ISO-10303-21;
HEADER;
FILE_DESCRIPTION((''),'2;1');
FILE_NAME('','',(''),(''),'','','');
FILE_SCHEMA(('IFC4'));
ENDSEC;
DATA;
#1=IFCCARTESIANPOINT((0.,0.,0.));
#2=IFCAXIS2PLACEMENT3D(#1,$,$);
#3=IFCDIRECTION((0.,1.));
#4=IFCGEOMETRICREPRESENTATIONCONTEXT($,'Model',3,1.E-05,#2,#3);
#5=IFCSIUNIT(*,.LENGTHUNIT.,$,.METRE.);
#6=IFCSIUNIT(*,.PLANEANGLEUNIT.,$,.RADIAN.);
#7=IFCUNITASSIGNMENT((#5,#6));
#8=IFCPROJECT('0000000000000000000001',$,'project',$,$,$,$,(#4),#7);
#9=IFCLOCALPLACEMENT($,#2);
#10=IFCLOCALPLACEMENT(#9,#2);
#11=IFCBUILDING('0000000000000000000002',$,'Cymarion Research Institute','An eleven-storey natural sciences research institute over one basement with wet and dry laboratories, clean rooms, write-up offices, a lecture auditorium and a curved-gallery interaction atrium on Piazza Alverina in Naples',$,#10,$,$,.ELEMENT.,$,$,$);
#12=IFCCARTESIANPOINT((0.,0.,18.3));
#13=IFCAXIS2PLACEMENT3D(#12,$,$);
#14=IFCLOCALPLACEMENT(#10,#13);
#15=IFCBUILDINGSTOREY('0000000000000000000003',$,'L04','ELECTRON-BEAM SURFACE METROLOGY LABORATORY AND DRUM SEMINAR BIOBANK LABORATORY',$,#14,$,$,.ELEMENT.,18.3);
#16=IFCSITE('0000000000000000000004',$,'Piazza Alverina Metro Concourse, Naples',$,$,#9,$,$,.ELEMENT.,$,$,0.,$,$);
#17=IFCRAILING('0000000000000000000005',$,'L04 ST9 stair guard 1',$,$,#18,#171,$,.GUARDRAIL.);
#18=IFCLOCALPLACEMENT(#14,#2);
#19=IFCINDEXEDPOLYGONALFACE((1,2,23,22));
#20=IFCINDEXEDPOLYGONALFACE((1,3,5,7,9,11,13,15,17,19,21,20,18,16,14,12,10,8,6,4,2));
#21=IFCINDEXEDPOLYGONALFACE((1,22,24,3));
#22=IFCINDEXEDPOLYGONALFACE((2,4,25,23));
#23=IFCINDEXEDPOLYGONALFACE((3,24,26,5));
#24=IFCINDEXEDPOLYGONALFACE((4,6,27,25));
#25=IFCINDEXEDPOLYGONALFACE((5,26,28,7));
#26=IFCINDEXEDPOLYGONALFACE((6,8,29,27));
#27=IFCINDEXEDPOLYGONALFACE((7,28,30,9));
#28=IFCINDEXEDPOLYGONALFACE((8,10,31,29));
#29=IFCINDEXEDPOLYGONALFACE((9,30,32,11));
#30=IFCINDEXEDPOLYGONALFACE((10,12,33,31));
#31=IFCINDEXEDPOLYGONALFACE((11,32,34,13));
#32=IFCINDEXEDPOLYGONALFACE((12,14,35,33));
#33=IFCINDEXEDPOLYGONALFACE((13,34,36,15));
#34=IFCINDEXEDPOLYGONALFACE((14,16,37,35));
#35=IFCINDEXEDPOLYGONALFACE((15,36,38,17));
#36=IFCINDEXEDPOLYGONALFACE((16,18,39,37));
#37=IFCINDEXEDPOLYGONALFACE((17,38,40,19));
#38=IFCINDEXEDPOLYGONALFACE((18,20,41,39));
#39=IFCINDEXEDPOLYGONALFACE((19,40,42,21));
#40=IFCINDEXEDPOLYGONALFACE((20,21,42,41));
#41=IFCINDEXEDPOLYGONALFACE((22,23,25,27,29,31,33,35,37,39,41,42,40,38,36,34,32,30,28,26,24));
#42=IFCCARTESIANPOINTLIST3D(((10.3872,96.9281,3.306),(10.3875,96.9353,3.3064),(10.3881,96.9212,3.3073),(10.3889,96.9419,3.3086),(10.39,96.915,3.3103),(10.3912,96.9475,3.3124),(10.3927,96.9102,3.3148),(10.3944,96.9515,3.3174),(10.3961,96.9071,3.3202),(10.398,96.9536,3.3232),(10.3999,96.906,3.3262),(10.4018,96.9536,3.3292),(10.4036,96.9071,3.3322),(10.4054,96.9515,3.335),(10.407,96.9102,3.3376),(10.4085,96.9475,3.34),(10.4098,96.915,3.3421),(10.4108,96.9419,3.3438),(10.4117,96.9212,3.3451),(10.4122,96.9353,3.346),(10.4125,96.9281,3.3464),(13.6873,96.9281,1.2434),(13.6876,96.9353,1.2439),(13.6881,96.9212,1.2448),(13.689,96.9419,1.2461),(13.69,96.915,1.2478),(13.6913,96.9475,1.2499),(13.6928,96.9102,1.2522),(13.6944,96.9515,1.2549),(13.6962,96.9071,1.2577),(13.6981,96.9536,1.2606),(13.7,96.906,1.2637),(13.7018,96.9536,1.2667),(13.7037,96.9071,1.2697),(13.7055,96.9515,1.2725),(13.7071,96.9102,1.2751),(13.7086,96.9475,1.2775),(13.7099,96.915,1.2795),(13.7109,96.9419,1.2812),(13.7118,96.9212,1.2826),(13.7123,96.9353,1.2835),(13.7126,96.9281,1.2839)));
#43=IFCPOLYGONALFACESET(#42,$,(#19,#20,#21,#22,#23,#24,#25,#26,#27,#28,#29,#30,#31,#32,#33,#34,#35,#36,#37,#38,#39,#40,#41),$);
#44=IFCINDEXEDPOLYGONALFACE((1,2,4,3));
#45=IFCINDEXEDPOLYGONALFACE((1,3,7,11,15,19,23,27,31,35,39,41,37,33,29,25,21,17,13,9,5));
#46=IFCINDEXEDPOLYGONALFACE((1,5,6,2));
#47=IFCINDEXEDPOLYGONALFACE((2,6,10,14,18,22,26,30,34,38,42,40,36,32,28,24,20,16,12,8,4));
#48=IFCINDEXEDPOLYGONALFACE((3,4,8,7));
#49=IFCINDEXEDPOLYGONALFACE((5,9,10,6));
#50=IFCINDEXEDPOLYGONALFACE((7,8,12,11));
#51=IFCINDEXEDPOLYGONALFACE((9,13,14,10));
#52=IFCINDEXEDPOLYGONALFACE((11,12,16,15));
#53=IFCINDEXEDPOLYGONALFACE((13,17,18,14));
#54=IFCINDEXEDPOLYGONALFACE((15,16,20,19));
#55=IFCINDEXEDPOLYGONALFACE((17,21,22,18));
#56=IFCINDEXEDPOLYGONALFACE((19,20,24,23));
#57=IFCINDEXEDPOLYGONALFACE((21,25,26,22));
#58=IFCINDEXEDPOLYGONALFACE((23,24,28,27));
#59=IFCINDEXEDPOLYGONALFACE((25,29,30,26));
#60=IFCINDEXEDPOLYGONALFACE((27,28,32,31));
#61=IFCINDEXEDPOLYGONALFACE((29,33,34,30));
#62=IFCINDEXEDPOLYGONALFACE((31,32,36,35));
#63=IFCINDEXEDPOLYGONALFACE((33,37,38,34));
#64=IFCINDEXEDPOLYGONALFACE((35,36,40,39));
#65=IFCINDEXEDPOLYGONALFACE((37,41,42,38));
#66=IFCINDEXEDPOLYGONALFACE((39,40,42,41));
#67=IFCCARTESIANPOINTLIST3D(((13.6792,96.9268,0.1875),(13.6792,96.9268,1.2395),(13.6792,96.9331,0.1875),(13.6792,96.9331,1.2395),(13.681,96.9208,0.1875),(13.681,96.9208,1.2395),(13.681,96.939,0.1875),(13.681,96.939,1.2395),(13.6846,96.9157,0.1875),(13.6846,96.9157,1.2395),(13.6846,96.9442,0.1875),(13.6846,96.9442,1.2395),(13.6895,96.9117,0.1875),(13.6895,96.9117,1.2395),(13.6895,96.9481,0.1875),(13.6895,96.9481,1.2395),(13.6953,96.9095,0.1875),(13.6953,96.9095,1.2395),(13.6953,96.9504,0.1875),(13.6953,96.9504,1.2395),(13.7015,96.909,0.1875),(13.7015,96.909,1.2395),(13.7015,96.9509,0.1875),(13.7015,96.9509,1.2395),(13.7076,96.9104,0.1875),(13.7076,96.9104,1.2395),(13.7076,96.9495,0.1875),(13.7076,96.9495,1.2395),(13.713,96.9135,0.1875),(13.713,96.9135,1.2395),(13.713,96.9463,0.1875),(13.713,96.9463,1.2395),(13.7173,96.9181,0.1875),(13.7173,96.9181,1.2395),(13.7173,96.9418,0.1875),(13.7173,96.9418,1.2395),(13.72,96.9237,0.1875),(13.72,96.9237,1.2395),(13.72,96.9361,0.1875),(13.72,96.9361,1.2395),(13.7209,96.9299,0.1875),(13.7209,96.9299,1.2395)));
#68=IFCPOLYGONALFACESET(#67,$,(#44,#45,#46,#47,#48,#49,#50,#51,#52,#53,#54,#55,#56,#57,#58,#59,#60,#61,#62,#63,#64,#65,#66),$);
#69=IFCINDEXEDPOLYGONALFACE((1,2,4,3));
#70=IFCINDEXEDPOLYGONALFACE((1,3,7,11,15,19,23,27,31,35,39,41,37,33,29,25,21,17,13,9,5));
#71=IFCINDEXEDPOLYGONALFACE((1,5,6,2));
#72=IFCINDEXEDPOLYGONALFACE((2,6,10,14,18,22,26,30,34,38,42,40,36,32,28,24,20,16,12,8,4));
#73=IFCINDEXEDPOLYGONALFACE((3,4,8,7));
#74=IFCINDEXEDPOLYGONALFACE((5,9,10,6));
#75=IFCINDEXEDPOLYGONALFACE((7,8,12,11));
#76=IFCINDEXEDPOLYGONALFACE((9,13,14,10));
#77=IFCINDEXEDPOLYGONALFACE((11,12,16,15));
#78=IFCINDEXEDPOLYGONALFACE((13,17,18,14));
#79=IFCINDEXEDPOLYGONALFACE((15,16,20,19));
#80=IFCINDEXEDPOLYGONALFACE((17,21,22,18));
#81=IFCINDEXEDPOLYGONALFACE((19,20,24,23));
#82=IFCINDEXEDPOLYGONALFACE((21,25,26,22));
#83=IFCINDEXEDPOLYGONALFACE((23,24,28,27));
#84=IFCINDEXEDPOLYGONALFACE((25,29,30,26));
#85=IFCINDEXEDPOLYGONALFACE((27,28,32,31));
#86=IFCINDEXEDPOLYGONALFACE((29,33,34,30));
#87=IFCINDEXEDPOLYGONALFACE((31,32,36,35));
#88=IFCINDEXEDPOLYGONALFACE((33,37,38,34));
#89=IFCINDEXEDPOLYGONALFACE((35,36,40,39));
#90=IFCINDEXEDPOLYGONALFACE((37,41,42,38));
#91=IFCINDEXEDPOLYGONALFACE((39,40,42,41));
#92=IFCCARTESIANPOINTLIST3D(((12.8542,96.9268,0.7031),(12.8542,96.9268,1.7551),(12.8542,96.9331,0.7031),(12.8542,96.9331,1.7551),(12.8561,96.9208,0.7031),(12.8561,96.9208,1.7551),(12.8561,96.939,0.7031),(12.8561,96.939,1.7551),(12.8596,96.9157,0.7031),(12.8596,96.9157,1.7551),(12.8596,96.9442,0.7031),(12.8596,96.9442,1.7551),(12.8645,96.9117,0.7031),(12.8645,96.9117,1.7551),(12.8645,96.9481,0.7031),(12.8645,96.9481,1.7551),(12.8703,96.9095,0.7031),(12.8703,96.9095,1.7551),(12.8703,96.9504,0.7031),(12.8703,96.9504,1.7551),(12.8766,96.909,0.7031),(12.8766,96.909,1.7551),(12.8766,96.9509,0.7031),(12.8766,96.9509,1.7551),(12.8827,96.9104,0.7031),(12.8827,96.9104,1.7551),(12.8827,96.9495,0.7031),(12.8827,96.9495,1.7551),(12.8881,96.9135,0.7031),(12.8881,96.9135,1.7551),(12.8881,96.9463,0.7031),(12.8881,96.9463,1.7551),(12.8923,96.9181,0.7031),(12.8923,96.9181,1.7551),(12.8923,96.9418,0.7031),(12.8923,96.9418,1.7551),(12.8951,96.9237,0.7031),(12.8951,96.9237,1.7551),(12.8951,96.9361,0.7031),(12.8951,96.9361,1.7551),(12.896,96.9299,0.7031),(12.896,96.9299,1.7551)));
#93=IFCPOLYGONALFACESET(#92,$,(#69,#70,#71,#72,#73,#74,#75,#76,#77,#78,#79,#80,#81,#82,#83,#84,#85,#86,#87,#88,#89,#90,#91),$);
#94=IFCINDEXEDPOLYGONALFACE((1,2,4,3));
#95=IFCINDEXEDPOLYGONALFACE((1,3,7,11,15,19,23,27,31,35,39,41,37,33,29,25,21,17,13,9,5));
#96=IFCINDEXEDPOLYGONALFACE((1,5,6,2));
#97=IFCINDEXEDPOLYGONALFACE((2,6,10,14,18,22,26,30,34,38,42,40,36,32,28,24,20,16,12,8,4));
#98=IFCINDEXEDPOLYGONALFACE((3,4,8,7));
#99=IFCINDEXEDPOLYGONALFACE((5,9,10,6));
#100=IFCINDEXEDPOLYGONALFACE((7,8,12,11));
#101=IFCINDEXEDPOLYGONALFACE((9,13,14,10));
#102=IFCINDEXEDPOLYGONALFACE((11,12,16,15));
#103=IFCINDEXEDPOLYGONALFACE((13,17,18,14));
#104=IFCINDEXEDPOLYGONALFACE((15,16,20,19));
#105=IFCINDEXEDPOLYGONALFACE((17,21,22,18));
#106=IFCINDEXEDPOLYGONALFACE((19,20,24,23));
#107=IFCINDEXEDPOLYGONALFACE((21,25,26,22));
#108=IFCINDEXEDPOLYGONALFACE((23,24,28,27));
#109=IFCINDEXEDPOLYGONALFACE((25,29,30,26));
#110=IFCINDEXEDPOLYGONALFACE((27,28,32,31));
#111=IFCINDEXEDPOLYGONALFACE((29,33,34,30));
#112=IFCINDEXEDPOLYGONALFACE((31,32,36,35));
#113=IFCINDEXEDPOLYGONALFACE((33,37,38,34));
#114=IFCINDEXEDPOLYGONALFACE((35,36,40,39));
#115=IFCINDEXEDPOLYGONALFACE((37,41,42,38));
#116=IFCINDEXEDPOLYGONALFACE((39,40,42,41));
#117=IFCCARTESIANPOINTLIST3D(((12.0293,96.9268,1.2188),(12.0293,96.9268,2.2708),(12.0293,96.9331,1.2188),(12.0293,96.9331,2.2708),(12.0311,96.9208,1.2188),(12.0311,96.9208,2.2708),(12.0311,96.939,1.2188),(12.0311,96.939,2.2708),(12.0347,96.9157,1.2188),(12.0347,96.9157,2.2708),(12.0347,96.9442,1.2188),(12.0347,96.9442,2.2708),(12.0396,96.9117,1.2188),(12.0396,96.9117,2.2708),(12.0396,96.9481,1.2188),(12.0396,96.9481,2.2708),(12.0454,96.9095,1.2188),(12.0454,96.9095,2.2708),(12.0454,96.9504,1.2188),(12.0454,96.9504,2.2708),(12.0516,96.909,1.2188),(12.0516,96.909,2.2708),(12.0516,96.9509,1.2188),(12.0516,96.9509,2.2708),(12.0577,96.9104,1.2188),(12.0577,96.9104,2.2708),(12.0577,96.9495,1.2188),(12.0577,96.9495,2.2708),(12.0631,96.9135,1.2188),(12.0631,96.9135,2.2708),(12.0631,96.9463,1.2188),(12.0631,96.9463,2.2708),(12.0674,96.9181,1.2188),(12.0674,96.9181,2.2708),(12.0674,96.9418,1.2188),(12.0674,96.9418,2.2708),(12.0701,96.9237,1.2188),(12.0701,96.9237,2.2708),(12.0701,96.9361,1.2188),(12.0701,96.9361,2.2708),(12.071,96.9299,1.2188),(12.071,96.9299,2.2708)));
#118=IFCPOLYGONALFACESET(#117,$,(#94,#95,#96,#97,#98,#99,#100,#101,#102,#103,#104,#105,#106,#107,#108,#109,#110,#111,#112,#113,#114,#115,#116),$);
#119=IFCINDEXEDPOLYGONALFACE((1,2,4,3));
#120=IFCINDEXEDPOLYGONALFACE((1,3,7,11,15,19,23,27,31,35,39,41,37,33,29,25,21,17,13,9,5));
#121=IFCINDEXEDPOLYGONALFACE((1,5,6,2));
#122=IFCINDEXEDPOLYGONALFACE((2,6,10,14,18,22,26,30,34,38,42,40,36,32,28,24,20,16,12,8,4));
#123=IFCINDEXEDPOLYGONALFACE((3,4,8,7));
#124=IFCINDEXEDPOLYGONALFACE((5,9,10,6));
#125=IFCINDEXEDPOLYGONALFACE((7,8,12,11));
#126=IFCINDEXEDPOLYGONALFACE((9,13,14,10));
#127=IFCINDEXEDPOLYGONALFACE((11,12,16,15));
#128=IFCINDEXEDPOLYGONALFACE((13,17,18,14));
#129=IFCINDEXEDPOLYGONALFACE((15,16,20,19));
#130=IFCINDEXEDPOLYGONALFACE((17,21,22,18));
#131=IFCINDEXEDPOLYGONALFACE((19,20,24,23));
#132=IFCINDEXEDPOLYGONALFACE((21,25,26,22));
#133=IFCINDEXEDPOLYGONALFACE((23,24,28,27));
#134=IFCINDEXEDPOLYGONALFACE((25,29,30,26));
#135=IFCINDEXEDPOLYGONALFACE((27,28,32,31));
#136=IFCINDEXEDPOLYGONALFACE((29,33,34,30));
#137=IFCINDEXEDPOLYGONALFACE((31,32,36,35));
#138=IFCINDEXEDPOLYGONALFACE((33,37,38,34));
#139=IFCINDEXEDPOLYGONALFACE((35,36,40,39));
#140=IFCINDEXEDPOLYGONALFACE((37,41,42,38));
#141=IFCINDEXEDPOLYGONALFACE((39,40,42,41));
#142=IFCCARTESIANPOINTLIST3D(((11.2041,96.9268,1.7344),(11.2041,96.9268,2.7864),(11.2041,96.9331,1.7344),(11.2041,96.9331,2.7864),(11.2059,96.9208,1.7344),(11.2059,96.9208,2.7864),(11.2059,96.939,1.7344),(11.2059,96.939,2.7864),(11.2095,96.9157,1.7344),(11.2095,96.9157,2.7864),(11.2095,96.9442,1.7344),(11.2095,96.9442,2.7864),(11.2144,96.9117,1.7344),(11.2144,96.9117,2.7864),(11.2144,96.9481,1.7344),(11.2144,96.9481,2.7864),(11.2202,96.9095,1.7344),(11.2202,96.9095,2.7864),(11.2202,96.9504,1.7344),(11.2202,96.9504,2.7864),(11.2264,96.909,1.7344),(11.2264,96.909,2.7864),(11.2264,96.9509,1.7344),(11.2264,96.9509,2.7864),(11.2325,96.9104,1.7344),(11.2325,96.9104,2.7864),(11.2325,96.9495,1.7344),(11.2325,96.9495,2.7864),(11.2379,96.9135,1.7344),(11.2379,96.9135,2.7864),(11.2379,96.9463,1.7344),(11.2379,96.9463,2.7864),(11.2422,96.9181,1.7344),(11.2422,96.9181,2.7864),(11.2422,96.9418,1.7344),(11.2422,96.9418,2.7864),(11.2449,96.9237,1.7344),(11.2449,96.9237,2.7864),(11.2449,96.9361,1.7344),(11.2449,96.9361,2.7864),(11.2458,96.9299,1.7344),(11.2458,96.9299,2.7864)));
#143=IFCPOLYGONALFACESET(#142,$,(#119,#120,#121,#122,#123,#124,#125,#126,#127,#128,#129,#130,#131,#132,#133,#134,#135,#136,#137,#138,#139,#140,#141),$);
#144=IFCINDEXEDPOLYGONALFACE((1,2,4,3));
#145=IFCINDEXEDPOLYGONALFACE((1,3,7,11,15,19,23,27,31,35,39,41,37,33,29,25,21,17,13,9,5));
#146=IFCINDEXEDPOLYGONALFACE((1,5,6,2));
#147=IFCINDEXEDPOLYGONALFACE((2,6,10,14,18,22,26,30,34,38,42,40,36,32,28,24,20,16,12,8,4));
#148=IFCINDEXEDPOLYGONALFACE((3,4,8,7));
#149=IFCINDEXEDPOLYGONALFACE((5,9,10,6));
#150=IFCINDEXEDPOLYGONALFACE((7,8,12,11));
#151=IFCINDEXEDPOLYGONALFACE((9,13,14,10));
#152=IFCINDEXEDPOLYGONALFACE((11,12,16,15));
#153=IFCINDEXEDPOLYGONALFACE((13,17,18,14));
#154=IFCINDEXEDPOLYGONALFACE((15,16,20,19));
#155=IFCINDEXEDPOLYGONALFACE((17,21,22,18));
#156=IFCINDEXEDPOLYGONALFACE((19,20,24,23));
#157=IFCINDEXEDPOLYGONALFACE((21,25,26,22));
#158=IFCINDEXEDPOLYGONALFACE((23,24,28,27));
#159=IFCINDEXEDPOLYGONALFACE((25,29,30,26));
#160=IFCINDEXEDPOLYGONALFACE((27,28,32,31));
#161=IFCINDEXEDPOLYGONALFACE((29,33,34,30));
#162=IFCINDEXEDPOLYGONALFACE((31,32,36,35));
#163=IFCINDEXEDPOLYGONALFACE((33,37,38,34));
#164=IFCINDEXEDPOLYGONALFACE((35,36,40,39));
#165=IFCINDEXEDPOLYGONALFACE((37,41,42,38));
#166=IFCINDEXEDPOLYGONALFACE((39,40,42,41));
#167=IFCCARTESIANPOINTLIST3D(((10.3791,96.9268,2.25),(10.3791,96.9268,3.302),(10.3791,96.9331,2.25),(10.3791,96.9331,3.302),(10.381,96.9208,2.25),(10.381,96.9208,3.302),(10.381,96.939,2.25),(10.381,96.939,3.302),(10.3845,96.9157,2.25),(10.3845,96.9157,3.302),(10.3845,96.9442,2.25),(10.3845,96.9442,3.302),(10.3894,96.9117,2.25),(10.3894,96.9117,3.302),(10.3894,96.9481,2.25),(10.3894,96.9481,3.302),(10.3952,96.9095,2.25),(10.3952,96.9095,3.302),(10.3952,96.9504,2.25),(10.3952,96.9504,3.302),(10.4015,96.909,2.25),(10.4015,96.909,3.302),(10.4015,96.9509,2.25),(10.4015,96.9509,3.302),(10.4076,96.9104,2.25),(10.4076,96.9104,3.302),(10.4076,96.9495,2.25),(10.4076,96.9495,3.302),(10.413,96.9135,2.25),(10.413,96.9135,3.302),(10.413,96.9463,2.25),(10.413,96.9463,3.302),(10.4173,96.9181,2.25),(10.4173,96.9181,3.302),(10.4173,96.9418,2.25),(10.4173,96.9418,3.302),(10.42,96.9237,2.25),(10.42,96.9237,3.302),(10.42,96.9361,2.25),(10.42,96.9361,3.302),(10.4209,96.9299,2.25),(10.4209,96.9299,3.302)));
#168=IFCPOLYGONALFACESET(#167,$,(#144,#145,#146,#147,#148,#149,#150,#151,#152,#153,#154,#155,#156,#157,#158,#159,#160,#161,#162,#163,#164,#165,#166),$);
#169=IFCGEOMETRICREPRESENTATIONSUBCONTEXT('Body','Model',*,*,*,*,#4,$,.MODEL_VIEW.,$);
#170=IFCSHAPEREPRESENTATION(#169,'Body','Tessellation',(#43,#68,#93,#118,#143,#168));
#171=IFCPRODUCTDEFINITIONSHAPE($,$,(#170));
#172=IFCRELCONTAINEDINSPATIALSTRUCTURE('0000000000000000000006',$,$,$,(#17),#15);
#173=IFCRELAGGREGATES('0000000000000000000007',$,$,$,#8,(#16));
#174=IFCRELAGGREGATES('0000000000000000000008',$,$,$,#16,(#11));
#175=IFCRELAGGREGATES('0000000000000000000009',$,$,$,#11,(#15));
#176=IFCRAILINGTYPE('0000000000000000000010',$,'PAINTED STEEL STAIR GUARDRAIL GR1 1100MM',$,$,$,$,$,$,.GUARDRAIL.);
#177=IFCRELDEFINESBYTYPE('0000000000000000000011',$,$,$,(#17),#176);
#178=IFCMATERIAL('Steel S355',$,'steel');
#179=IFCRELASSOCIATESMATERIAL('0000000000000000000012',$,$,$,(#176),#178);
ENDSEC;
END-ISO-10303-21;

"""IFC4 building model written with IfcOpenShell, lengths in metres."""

from ifc_helpers import new_model, si_unit, direction, frame, origin, origin_2d, place, context, subcontext, project, spatial, circle, extrude, material, type_object, element, save


model = new_model("IFC4")

# Units and contexts
model_context = context("Model", 3, precision=1e-05, world=origin(), true_north=direction((0.0, 1.0)))
body_context = subcontext(model_context, "Body", "Model", "MODEL_VIEW")
ifc_project = project(units=[si_unit("LENGTHUNIT", "METRE"), si_unit("PLANEANGLEUNIT", "RADIAN")], contexts=[model_context])

# Site, building, storey
site_placement = place(None, origin())
site = spatial("IfcSite", under=ifc_project, at=site_placement, Name="Piazza Alverina Metro Concourse, Naples", CompositionType="ELEMENT", RefElevation=0.0)
building_placement = place(site_placement, origin())
building = spatial("IfcBuilding", under=site, at=building_placement, Name="Cymarion Research Institute", Description="An eleven-storey natural sciences research institute over one basement with wet and dry laboratories, clean rooms, write-up offices, a lecture auditorium and a curved-gallery interaction atrium on Piazza Alverina in Naples", CompositionType="ELEMENT")
storey_placement = place(building_placement, frame((0.0, 0.0, 18.3)))
storey = spatial("IfcBuildingStorey", under=building, at=storey_placement, Name="L04", Description="ELECTRON-BEAM SURFACE METROLOGY LABORATORY AND DRUM SEMINAR BIOBANK LABORATORY", CompositionType="ELEMENT", Elevation=18.3)

# Railing
ifc_material_1 = material(Name="Steel S355", Category="steel")
railing_type_1 = type_object("IfcRailingType", Name="PAINTED STEEL STAIR GUARDRAIL GR1 1100MM", PredefinedType="GUARDRAIL", material=ifc_material_1)
railing_1_placement = place(storey_placement, frame((13.7, 96.9299, 0.1875)))
element("IfcRailing", 1, at=railing_1_placement, inside=storey, type_object=railing_type_1, Name="L04 ST9 stair guard 1", PredefinedType="GUARDRAIL", context=body_context, shape_type="SweptSolid", body=[
    extrude(circle(Radius=0.0239, at=origin_2d()), frame((0.0, 0.0, 1.0762), z_axis=(-0.848002, 0.0, 0.529993), x_axis=(0.0, -1.0, 0.0)), (0.0, 0.0, 1.0), 3.8916),
    extrude(circle(Radius=0.021, at=origin_2d()), origin(), (0.0, 0.0, 1.0), 1.052),
    extrude(circle(Radius=0.021, at=origin_2d()), frame((-0.825, 0.0, 0.5156)), (0.0, 0.0, 1.0), 1.052),
    extrude(circle(Radius=0.021, at=origin_2d()), frame((-1.6499, 0.0, 1.0312)), (0.0, 0.0, 1.0), 1.052),
    extrude(circle(Radius=0.021, at=origin_2d()), frame((-2.4751, 0.0, 1.5469)), (0.0, 0.0, 1.0), 1.052),
    extrude(circle(Radius=0.021, at=origin_2d()), frame((-3.3, 0.0, 2.0625)), (0.0, 0.0, 1.0), 1.052),
])

save(model, "model.ifc")
